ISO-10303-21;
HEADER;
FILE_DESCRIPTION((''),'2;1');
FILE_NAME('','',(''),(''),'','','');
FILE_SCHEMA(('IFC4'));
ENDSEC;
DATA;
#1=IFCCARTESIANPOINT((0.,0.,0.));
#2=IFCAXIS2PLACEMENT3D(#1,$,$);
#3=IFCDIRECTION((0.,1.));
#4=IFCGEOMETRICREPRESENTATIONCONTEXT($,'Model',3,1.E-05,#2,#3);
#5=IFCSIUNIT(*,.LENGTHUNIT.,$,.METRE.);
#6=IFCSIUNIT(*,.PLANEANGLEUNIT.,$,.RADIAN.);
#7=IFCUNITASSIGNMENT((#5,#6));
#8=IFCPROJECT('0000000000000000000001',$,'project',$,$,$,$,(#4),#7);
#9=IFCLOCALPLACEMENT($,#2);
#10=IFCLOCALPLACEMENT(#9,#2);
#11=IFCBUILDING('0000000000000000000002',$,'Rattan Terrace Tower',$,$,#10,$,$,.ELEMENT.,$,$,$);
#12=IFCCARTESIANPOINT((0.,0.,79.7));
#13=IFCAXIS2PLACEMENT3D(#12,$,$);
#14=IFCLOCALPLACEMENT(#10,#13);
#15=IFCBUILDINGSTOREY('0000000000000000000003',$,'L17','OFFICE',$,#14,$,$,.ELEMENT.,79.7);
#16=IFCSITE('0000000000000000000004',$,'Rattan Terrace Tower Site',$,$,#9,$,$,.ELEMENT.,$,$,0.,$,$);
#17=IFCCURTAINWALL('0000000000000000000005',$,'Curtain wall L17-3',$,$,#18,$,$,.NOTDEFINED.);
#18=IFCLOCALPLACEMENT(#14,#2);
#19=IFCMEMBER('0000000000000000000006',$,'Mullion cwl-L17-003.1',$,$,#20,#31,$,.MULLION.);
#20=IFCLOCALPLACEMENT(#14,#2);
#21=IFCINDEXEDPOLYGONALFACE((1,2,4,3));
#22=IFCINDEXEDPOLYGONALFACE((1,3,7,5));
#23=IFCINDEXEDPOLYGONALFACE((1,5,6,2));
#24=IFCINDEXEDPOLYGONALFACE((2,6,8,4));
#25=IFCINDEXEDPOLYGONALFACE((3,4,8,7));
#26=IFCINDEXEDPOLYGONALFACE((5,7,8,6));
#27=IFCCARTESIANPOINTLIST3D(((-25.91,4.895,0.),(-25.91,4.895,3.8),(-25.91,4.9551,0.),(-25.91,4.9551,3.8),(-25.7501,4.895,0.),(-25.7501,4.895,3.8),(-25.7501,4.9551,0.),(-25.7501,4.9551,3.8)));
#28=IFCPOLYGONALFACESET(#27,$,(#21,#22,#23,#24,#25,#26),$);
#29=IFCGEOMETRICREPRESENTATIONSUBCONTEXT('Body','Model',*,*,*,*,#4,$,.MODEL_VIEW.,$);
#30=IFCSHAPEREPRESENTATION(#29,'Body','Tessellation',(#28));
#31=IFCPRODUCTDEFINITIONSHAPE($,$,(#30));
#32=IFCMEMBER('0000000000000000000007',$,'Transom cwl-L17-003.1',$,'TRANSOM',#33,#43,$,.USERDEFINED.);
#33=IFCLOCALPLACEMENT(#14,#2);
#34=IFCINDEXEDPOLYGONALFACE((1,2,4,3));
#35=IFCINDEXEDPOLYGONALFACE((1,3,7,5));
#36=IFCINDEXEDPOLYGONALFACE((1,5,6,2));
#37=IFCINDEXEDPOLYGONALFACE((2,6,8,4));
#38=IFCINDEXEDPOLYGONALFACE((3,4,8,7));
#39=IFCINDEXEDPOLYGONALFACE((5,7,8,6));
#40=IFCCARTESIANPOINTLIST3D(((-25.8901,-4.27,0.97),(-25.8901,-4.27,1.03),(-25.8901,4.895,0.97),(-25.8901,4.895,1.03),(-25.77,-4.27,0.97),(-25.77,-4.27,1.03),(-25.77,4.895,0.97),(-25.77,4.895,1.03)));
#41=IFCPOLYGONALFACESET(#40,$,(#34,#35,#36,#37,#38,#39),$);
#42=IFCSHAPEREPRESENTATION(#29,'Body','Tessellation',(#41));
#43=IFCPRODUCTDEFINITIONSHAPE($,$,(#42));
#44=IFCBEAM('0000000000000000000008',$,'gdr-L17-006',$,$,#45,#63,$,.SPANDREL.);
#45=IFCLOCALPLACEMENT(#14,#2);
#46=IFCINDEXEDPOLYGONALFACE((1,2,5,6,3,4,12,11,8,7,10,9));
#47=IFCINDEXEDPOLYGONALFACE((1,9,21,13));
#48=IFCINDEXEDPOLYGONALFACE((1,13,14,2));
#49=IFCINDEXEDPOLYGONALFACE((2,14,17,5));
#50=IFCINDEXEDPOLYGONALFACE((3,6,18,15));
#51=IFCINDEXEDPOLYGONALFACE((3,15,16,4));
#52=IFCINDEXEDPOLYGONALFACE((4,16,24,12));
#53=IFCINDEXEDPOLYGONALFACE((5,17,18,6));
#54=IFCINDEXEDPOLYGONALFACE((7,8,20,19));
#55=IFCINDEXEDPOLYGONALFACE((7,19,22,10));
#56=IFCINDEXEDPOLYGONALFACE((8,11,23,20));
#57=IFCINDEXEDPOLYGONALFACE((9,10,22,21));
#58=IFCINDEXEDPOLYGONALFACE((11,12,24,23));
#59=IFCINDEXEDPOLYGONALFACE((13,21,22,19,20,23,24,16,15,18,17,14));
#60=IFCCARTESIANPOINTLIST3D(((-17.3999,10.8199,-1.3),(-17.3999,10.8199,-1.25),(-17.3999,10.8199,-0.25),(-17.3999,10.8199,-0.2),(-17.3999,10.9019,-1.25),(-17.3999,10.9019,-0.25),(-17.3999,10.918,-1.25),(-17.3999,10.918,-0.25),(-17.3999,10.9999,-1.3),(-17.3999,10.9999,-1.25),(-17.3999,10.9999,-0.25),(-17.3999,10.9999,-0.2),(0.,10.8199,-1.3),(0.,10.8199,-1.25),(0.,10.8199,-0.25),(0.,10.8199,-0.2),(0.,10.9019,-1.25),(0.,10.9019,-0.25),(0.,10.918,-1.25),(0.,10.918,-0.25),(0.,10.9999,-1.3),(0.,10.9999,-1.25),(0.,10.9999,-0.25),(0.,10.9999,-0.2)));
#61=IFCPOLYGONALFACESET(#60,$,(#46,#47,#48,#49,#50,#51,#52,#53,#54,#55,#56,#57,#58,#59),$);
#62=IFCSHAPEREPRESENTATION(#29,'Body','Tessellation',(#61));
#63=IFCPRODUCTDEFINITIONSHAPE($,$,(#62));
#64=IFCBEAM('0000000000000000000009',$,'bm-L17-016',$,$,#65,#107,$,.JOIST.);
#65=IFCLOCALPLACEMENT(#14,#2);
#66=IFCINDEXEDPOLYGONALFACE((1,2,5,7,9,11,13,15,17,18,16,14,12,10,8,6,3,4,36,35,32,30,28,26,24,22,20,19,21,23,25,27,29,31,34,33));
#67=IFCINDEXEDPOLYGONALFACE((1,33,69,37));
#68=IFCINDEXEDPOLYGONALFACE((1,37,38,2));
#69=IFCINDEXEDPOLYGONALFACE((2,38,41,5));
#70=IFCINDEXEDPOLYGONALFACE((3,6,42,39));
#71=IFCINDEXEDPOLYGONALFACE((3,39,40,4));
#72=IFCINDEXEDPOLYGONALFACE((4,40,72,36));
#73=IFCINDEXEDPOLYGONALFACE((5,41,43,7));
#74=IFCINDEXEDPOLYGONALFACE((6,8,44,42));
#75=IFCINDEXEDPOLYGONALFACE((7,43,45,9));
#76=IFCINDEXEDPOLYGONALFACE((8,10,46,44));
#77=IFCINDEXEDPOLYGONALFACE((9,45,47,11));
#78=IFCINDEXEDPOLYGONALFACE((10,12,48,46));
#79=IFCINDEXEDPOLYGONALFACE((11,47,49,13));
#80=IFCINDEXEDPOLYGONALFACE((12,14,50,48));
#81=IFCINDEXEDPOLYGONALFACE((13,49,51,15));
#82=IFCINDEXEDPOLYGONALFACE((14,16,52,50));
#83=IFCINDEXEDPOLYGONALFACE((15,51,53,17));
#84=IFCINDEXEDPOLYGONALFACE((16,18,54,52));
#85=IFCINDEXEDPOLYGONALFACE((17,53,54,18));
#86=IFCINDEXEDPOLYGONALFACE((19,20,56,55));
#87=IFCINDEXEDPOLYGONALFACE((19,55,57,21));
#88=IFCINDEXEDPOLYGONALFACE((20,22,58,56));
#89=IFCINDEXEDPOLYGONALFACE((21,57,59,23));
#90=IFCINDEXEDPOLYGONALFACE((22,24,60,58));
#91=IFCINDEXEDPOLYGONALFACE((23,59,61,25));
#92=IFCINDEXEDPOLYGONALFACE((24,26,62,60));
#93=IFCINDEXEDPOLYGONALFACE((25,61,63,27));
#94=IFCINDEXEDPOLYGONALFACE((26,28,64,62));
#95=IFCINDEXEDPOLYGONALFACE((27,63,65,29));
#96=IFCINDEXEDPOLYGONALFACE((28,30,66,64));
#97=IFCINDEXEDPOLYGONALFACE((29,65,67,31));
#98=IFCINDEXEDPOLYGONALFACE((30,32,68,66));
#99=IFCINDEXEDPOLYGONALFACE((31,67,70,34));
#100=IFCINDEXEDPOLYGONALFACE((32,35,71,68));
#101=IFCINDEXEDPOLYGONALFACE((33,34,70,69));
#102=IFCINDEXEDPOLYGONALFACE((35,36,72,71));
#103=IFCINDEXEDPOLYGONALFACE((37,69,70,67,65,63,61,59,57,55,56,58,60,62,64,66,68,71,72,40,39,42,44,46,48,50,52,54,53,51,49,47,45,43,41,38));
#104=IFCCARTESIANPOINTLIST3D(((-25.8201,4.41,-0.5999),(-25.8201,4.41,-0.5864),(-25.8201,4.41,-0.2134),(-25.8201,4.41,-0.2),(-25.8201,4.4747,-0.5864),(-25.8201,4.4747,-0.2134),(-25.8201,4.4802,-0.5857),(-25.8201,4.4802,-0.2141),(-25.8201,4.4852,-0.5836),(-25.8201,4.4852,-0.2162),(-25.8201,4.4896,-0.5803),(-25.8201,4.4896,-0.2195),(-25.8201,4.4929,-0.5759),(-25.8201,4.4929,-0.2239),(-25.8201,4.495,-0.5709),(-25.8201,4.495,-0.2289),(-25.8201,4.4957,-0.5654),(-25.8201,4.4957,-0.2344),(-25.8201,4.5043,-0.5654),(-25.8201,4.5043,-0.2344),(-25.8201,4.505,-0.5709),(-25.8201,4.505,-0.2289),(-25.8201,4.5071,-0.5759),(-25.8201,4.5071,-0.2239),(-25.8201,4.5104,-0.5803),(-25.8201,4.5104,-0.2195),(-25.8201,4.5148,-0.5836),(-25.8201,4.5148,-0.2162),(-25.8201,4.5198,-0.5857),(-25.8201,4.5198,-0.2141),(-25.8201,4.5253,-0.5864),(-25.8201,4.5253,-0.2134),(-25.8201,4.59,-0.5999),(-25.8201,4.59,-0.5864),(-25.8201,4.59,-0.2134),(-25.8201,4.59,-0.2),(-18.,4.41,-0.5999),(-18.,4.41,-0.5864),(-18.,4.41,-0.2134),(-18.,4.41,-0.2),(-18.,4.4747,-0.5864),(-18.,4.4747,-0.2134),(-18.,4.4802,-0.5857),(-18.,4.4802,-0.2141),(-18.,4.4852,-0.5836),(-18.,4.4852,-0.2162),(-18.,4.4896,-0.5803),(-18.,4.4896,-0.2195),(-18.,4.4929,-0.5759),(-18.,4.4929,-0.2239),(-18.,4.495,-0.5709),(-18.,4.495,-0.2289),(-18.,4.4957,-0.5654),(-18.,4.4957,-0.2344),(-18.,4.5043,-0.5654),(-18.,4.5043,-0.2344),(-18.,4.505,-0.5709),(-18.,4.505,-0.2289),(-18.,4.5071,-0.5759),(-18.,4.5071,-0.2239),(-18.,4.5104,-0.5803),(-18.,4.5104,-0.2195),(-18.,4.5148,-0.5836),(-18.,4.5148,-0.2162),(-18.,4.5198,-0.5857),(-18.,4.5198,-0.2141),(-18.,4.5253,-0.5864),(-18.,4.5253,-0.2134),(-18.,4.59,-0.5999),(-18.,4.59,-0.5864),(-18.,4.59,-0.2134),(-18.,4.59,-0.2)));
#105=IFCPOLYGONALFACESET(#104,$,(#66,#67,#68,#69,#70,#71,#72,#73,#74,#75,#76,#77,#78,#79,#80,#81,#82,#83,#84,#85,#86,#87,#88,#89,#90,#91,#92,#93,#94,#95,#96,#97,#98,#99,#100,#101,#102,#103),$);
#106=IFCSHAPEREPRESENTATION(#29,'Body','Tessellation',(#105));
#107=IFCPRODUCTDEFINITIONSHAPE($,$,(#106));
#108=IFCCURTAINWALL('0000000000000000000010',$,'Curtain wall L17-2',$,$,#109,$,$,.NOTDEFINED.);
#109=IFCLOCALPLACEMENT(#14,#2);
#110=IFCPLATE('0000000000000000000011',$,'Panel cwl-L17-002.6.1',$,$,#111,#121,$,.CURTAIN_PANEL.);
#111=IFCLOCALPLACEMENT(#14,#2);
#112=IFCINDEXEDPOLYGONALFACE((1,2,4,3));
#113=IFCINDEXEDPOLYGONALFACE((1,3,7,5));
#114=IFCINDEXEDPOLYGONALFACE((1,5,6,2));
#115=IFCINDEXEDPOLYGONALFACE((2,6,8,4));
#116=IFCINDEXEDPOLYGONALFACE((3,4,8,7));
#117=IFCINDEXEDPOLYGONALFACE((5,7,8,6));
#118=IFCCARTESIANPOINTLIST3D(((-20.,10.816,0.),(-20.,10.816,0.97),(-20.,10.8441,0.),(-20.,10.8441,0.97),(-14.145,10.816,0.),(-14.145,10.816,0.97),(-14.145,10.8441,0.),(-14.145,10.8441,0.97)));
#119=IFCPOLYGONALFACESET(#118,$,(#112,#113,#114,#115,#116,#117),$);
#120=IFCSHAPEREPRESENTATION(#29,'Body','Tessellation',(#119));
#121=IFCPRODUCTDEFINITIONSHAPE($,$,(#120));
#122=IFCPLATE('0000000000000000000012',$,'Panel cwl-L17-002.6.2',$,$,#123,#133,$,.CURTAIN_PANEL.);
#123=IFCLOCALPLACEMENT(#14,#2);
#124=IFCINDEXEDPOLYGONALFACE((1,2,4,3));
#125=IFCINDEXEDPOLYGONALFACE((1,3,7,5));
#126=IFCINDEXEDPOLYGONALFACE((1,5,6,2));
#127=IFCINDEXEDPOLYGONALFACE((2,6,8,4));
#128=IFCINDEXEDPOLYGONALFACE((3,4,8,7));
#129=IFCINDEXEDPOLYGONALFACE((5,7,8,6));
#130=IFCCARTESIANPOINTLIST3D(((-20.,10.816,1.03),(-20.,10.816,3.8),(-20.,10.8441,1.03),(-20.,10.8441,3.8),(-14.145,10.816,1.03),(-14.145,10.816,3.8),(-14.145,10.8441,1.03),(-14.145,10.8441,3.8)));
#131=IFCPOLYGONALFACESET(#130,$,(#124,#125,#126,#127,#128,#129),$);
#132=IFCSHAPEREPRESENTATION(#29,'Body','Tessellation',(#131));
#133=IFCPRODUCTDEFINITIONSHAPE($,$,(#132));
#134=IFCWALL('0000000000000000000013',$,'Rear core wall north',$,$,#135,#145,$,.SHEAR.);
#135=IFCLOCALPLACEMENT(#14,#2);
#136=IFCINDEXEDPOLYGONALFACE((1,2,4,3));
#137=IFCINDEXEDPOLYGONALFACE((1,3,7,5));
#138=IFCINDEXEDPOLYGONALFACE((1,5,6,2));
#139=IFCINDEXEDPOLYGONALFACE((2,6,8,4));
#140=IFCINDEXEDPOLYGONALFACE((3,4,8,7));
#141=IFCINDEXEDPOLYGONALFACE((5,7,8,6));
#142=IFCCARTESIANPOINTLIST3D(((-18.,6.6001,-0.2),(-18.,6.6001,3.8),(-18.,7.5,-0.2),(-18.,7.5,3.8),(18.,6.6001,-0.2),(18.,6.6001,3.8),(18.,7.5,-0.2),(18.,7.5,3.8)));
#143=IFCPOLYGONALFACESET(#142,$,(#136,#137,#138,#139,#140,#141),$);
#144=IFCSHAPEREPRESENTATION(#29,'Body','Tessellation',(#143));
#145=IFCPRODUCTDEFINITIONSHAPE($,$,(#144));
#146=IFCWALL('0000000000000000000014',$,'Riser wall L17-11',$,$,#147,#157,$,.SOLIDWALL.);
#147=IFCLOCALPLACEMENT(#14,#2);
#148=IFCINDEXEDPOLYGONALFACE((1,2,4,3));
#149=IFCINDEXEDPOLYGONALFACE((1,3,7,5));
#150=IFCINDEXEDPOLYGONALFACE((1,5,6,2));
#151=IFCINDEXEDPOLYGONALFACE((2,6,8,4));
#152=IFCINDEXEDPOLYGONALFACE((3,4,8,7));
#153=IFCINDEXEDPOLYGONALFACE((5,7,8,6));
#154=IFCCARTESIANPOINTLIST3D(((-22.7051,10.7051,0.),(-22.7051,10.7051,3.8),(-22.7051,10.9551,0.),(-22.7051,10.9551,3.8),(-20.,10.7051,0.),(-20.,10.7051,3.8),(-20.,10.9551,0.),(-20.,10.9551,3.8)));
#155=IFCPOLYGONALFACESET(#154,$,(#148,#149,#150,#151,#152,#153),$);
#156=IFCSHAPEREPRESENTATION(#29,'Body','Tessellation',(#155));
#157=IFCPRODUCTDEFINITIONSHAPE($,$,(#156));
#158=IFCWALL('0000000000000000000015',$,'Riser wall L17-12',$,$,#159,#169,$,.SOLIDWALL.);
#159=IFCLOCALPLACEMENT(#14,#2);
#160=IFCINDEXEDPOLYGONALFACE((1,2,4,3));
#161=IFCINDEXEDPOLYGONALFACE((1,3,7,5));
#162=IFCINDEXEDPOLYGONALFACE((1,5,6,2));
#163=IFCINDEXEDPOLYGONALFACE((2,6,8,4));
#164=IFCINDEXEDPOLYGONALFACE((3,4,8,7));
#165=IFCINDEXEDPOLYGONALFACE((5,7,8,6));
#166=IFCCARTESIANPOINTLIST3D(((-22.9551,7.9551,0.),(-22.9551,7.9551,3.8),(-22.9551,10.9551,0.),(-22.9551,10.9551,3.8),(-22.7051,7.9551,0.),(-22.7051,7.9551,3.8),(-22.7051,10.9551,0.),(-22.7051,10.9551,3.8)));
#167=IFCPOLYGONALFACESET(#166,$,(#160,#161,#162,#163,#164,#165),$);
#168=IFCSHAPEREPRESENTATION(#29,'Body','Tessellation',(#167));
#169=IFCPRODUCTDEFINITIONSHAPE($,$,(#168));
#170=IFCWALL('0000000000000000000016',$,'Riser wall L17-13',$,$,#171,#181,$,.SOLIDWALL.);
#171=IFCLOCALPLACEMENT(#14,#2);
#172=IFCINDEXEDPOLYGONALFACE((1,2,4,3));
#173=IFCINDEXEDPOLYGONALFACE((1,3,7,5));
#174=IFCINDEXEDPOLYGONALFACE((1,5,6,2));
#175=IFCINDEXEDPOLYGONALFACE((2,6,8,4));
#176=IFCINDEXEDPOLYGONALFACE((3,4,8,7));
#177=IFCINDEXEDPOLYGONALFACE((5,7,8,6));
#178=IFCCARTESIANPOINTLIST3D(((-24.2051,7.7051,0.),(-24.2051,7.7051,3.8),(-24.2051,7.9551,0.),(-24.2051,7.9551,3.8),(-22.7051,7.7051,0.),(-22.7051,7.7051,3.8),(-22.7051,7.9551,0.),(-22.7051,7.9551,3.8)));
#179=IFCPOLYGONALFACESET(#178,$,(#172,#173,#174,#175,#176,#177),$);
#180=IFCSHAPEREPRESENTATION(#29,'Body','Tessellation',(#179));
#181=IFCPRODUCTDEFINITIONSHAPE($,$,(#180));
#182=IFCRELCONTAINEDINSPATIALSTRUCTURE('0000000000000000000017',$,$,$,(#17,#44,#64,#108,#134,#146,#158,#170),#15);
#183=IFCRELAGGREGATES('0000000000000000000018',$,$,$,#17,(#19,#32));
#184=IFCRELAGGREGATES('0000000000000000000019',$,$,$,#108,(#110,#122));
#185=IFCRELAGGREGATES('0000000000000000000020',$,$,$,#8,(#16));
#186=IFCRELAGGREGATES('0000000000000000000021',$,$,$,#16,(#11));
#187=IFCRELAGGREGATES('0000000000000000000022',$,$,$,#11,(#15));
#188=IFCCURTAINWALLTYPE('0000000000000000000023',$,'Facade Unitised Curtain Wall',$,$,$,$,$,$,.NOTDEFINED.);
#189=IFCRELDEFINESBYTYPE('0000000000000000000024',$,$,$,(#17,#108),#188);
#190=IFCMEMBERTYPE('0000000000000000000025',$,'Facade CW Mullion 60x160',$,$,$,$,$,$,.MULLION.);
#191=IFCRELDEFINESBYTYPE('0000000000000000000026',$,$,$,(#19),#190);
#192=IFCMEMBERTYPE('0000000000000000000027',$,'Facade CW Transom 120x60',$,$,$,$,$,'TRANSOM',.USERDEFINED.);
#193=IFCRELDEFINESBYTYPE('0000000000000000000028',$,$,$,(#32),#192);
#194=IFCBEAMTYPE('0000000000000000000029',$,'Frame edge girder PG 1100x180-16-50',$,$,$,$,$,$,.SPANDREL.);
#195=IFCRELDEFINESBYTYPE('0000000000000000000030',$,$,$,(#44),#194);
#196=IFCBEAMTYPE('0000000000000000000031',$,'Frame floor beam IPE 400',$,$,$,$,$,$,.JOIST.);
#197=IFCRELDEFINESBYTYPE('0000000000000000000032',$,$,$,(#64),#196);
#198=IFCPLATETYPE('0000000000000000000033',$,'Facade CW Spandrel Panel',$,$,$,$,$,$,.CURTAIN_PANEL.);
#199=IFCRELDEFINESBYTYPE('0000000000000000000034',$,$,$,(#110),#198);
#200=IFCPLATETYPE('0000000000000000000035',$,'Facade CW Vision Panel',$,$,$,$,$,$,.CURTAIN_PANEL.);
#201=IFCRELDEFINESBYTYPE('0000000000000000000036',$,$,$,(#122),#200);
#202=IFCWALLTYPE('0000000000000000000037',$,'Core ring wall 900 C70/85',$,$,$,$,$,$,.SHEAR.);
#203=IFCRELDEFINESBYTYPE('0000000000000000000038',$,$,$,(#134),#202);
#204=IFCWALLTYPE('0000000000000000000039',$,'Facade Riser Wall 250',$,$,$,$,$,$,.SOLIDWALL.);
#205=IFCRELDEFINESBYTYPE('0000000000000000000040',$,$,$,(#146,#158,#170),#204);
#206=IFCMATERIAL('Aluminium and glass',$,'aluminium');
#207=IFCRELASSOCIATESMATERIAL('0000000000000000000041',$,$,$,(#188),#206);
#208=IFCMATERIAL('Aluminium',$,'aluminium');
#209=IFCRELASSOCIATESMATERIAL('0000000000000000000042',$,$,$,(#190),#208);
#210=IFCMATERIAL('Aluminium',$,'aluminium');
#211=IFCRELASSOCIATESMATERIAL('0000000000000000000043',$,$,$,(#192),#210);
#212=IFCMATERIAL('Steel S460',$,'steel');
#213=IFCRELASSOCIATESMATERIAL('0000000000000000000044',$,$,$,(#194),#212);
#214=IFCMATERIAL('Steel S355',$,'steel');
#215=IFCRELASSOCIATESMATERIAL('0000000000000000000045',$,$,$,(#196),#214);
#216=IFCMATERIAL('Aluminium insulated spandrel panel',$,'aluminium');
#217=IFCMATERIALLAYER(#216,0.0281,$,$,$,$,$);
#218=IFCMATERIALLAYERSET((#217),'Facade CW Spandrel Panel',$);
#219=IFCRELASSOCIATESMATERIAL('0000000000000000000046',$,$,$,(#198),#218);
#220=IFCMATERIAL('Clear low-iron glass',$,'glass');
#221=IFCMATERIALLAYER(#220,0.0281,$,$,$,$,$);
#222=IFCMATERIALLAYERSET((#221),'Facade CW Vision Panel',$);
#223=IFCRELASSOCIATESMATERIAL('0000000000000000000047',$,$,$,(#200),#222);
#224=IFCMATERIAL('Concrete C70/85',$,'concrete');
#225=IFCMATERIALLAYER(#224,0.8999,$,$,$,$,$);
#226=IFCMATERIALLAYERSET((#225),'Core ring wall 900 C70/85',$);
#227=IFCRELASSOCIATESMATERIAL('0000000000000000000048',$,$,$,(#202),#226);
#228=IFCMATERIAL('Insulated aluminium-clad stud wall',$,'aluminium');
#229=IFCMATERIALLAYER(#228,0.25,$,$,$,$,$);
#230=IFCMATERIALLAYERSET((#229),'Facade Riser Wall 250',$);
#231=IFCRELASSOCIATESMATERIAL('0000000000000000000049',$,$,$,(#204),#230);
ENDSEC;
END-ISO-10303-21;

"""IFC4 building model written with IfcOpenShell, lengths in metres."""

from ifc_helpers import new_model, si_unit, direction, frame, frame_2d, origin, origin_2d, place, context, subcontext, project, spatial, rectangle, i_section, extrude, material, layer, layer_set, material_profile, profile_set, type_object, element, aggregate, save


model = new_model("IFC4")

# Units and contexts
model_context = context("Model", 3, precision=1e-05, world=origin(), true_north=direction((0.0, 1.0)))
body_context = subcontext(model_context, "Body", "Model", "MODEL_VIEW")
ifc_project = project(units=[si_unit("LENGTHUNIT", "METRE"), si_unit("PLANEANGLEUNIT", "RADIAN")], contexts=[model_context])

# Site, building, storey
site_placement = place(None, origin())
site = spatial("IfcSite", under=ifc_project, at=site_placement, Name="Rattan Terrace Tower Site", CompositionType="ELEMENT", RefElevation=0.0)
building_placement = place(site_placement, origin())
building = spatial("IfcBuilding", under=site, at=building_placement, Name="Rattan Terrace Tower", CompositionType="ELEMENT")
storey_placement = place(building_placement, frame((0.0, 0.0, 79.7)))
storey = spatial("IfcBuildingStorey", under=building, at=storey_placement, Name="L17", Description="OFFICE", CompositionType="ELEMENT", Elevation=79.7)

# Curtain wall, members
ifc_material_1 = material(Name="Aluminium and glass", Category="aluminium")
curtain_wall_type = type_object("IfcCurtainWallType", Name="Facade Unitised Curtain Wall", PredefinedType="NOTDEFINED", material=ifc_material_1)
curtain_wall_1_placement = place(storey_placement, origin())
curtain_wall_1 = element("IfcCurtainWall", 1, at=curtain_wall_1_placement, inside=storey, type_object=curtain_wall_type, Name="Curtain wall L17-3", PredefinedType="NOTDEFINED")
ifc_material_2 = material(Name="Aluminium", Category="aluminium")
ifc_material_profile_1 = material_profile(ifc_material_2, rectangle(XDim=0.0601, YDim=0.1599, at=origin_2d()), Name="Aluminium 60x160")
ifc_profile_set_1 = profile_set([ifc_material_profile_1], Name="Aluminium")
member_type_1 = type_object("IfcMemberType", Name="Facade CW Mullion 60x160", PredefinedType="MULLION", material=ifc_profile_set_1)
member_1_placement = place(storey_placement, frame((-25.8301, 4.925, 0.0), z_axis=(0.0, 0.0, 1.0), x_axis=(0.0, -1.0, 0.0)))
member_1 = element("IfcMember", 2, at=member_1_placement, type_object=member_type_1, Name="Mullion cwl-L17-003.1", PredefinedType="MULLION", context=body_context, shape_type="SweptSolid", body=[
    extrude(rectangle(XDim=0.0601, YDim=0.1599, at=origin_2d()), origin(), (0.0, 0.0, 1.0), 3.8),
])
ifc_material_3 = material(Name="Aluminium", Category="aluminium")
ifc_material_profile_2 = material_profile(ifc_material_3, rectangle(XDim=0.1201, YDim=0.0601, at=origin_2d()), Name="Aluminium 120x60")
ifc_profile_set_2 = profile_set([ifc_material_profile_2], Name="Aluminium")
member_type_2 = type_object("IfcMemberType", Name="Facade CW Transom 120x60", ElementType="TRANSOM", PredefinedType="USERDEFINED", material=ifc_profile_set_2)
member_2_placement = place(storey_placement, frame((-25.8301, 4.895, 1.0), z_axis=(0.0, -1.0, 0.0), x_axis=(1.0, 0.0, 0.0)))
member_2 = element("IfcMember", 3, at=member_2_placement, type_object=member_type_2, Name="Transom cwl-L17-003.1", ObjectType="TRANSOM", PredefinedType="USERDEFINED", context=body_context, shape_type="SweptSolid", body=[
    extrude(rectangle(XDim=0.1201, YDim=0.0601, at=origin_2d()), origin(), (0.0, 0.0, 1.0), 9.165),
])
aggregate(curtain_wall_1, [member_1, member_2])

# Beams
ifc_material_4 = material(Name="Steel S460", Category="steel")
ifc_material_profile_3 = material_profile(ifc_material_4, i_section(OverallWidth=0.1799, OverallDepth=1.1001, WebThickness=0.0161, FlangeThickness=0.05, at=origin_2d()), Name="PG 1100x180-16-50")
ifc_profile_set_3 = profile_set([ifc_material_profile_3], Name="Steel S460")
beam_type_1 = type_object("IfcBeamType", Name="Frame edge girder PG 1100x180-16-50", PredefinedType="SPANDREL", material=ifc_profile_set_3)
beam_1_placement = place(storey_placement, frame((-17.3999, 10.9099, -0.75), z_axis=(1.0, 0.0, 0.0), x_axis=(0.0, 1.0, 0.0)))
element("IfcBeam", 4, at=beam_1_placement, inside=storey, type_object=beam_type_1, Name="gdr-L17-006", PredefinedType="SPANDREL", context=body_context, shape_type="SweptSolid", body=[
    extrude(i_section(OverallWidth=0.1799, OverallDepth=1.1001, WebThickness=0.0161, FlangeThickness=0.05, at=origin_2d()), origin(), (0.0, 0.0, 1.0), 17.3999),
])
ifc_material_5 = material(Name="Steel S355", Category="steel")
ifc_material_profile_4 = material_profile(ifc_material_5, i_section(OverallWidth=0.1799, OverallDepth=0.3999, WebThickness=0.0085, FlangeThickness=0.0134, FilletRadius=0.021, at=origin_2d()), Name="IPE 400")
ifc_profile_set_4 = profile_set([ifc_material_profile_4], Name="Steel S355")
beam_type_2 = type_object("IfcBeamType", Name="Frame floor beam IPE 400", PredefinedType="JOIST", material=ifc_profile_set_4)
beam_2_placement = place(storey_placement, frame((-25.8201, 4.5, -0.3999), z_axis=(1.0, 0.0, 0.0), x_axis=(0.0, 1.0, 0.0)))
element("IfcBeam", 5, at=beam_2_placement, inside=storey, type_object=beam_type_2, Name="bm-L17-016", PredefinedType="JOIST", context=body_context, shape_type="SweptSolid", body=[
    extrude(i_section(OverallWidth=0.1799, OverallDepth=0.3999, WebThickness=0.0085, FlangeThickness=0.0134, FilletRadius=0.021, at=origin_2d()), origin(), (0.0, 0.0, 1.0), 7.8201),
])

# Curtain wall, plates
curtain_wall_2_placement = place(storey_placement, origin())
curtain_wall_2 = element("IfcCurtainWall", 6, at=curtain_wall_2_placement, inside=storey, type_object=curtain_wall_type, Name="Curtain wall L17-2", PredefinedType="NOTDEFINED")
ifc_material_6 = material(Name="Aluminium insulated spandrel panel", Category="aluminium")
ifc_layer_1 = layer(ifc_material_6, 0.0281)
ifc_layer_set_1 = layer_set([ifc_layer_1], Name="Facade CW Spandrel Panel")
plate_type_1 = type_object("IfcPlateType", Name="Facade CW Spandrel Panel", PredefinedType="CURTAIN_PANEL", material=ifc_layer_set_1)
plate_1_placement = place(storey_placement, frame((-17.0725, 10.8301, 0.0), z_axis=(0.0, 0.0, 1.0), x_axis=(-1.0, 0.0, 0.0)))
plate_1 = element("IfcPlate", 7, at=plate_1_placement, type_object=plate_type_1, Name="Panel cwl-L17-002.6.1", PredefinedType="CURTAIN_PANEL", context=body_context, shape_type="SweptSolid", body=[
    extrude(rectangle(XDim=5.855, YDim=0.0281, at=origin_2d()), origin(), (0.0, 0.0, 1.0), 0.97),
])
ifc_material_7 = material(Name="Clear low-iron glass", Category="glass")
ifc_layer_2 = layer(ifc_material_7, 0.0281)
ifc_layer_set_2 = layer_set([ifc_layer_2], Name="Facade CW Vision Panel")
plate_type_2 = type_object("IfcPlateType", Name="Facade CW Vision Panel", PredefinedType="CURTAIN_PANEL", material=ifc_layer_set_2)
plate_2_placement = place(storey_placement, frame((-17.0725, 10.8301, 1.03), z_axis=(0.0, 0.0, 1.0), x_axis=(-1.0, 0.0, 0.0)))
plate_2 = element("IfcPlate", 8, at=plate_2_placement, type_object=plate_type_2, Name="Panel cwl-L17-002.6.2", PredefinedType="CURTAIN_PANEL", context=body_context, shape_type="SweptSolid", body=[
    extrude(rectangle(XDim=5.855, YDim=0.0281, at=origin_2d()), origin(), (0.0, 0.0, 1.0), 2.77),
])
aggregate(curtain_wall_2, [plate_1, plate_2])

# Walls
ifc_material_8 = material(Name="Concrete C70/85", Category="concrete")
ifc_layer_3 = layer(ifc_material_8, 0.8999)
ifc_layer_set_3 = layer_set([ifc_layer_3], Name="Core ring wall 900 C70/85")
wall_type_1 = type_object("IfcWallType", Name="Core ring wall 900 C70/85", PredefinedType="SHEAR", material=ifc_layer_set_3)
wall_1_placement = place(storey_placement, frame((-18.0, 7.05, -0.2), z_axis=(0.0, 0.0, 1.0), x_axis=(1.0, 0.0, 0.0)))
element("IfcWall", 9, at=wall_1_placement, inside=storey, type_object=wall_type_1, Name="Rear core wall north", PredefinedType="SHEAR", context=body_context, shape_type="SweptSolid", body=[
    extrude(rectangle(XDim=36.0, YDim=0.8999, at=frame_2d((18.0, 0.0))), origin(), (0.0, 0.0, 1.0), 4.0),
])
ifc_material_9 = material(Name="Insulated aluminium-clad stud wall", Category="aluminium")
ifc_layer_4 = layer(ifc_material_9, 0.25)
ifc_layer_set_4 = layer_set([ifc_layer_4], Name="Facade Riser Wall 250")
wall_type_2 = type_object("IfcWallType", Name="Facade Riser Wall 250", PredefinedType="SOLIDWALL", material=ifc_layer_set_4)
wall_2_placement = place(storey_placement, frame((-20.0, 10.8301, 0.0), z_axis=(0.0, 0.0, 1.0), x_axis=(-1.0, 0.0, 0.0)))
element("IfcWall", 10, at=wall_2_placement, inside=storey, type_object=wall_type_2, Name="Riser wall L17-11", PredefinedType="SOLIDWALL", context=body_context, shape_type="SweptSolid", body=[
    extrude(rectangle(XDim=2.7051, YDim=0.25, at=frame_2d((1.3525, 0.0))), origin(), (0.0, 0.0, 1.0), 3.8),
])
wall_3_placement = place(storey_placement, frame((-22.8301, 10.9551, 0.0), z_axis=(0.0, 0.0, 1.0), x_axis=(0.0, -1.0, 0.0)))
element("IfcWall", 11, at=wall_3_placement, inside=storey, type_object=wall_type_2, Name="Riser wall L17-12", PredefinedType="SOLIDWALL", context=body_context, shape_type="SweptSolid", body=[
    extrude(rectangle(XDim=3.0, YDim=0.25, at=frame_2d((1.5, 0.0))), origin(), (0.0, 0.0, 1.0), 3.8),
])
wall_4_placement = place(storey_placement, frame((-22.7051, 7.8301, 0.0), z_axis=(0.0, 0.0, 1.0), x_axis=(-1.0, 0.0, 0.0)))
element("IfcWall", 12, at=wall_4_placement, inside=storey, type_object=wall_type_2, Name="Riser wall L17-13", PredefinedType="SOLIDWALL", context=body_context, shape_type="SweptSolid", body=[
    extrude(rectangle(XDim=1.5, YDim=0.25, at=frame_2d((0.75, 0.0))), origin(), (0.0, 0.0, 1.0), 3.8),
])

save(model, "model.ifc")
